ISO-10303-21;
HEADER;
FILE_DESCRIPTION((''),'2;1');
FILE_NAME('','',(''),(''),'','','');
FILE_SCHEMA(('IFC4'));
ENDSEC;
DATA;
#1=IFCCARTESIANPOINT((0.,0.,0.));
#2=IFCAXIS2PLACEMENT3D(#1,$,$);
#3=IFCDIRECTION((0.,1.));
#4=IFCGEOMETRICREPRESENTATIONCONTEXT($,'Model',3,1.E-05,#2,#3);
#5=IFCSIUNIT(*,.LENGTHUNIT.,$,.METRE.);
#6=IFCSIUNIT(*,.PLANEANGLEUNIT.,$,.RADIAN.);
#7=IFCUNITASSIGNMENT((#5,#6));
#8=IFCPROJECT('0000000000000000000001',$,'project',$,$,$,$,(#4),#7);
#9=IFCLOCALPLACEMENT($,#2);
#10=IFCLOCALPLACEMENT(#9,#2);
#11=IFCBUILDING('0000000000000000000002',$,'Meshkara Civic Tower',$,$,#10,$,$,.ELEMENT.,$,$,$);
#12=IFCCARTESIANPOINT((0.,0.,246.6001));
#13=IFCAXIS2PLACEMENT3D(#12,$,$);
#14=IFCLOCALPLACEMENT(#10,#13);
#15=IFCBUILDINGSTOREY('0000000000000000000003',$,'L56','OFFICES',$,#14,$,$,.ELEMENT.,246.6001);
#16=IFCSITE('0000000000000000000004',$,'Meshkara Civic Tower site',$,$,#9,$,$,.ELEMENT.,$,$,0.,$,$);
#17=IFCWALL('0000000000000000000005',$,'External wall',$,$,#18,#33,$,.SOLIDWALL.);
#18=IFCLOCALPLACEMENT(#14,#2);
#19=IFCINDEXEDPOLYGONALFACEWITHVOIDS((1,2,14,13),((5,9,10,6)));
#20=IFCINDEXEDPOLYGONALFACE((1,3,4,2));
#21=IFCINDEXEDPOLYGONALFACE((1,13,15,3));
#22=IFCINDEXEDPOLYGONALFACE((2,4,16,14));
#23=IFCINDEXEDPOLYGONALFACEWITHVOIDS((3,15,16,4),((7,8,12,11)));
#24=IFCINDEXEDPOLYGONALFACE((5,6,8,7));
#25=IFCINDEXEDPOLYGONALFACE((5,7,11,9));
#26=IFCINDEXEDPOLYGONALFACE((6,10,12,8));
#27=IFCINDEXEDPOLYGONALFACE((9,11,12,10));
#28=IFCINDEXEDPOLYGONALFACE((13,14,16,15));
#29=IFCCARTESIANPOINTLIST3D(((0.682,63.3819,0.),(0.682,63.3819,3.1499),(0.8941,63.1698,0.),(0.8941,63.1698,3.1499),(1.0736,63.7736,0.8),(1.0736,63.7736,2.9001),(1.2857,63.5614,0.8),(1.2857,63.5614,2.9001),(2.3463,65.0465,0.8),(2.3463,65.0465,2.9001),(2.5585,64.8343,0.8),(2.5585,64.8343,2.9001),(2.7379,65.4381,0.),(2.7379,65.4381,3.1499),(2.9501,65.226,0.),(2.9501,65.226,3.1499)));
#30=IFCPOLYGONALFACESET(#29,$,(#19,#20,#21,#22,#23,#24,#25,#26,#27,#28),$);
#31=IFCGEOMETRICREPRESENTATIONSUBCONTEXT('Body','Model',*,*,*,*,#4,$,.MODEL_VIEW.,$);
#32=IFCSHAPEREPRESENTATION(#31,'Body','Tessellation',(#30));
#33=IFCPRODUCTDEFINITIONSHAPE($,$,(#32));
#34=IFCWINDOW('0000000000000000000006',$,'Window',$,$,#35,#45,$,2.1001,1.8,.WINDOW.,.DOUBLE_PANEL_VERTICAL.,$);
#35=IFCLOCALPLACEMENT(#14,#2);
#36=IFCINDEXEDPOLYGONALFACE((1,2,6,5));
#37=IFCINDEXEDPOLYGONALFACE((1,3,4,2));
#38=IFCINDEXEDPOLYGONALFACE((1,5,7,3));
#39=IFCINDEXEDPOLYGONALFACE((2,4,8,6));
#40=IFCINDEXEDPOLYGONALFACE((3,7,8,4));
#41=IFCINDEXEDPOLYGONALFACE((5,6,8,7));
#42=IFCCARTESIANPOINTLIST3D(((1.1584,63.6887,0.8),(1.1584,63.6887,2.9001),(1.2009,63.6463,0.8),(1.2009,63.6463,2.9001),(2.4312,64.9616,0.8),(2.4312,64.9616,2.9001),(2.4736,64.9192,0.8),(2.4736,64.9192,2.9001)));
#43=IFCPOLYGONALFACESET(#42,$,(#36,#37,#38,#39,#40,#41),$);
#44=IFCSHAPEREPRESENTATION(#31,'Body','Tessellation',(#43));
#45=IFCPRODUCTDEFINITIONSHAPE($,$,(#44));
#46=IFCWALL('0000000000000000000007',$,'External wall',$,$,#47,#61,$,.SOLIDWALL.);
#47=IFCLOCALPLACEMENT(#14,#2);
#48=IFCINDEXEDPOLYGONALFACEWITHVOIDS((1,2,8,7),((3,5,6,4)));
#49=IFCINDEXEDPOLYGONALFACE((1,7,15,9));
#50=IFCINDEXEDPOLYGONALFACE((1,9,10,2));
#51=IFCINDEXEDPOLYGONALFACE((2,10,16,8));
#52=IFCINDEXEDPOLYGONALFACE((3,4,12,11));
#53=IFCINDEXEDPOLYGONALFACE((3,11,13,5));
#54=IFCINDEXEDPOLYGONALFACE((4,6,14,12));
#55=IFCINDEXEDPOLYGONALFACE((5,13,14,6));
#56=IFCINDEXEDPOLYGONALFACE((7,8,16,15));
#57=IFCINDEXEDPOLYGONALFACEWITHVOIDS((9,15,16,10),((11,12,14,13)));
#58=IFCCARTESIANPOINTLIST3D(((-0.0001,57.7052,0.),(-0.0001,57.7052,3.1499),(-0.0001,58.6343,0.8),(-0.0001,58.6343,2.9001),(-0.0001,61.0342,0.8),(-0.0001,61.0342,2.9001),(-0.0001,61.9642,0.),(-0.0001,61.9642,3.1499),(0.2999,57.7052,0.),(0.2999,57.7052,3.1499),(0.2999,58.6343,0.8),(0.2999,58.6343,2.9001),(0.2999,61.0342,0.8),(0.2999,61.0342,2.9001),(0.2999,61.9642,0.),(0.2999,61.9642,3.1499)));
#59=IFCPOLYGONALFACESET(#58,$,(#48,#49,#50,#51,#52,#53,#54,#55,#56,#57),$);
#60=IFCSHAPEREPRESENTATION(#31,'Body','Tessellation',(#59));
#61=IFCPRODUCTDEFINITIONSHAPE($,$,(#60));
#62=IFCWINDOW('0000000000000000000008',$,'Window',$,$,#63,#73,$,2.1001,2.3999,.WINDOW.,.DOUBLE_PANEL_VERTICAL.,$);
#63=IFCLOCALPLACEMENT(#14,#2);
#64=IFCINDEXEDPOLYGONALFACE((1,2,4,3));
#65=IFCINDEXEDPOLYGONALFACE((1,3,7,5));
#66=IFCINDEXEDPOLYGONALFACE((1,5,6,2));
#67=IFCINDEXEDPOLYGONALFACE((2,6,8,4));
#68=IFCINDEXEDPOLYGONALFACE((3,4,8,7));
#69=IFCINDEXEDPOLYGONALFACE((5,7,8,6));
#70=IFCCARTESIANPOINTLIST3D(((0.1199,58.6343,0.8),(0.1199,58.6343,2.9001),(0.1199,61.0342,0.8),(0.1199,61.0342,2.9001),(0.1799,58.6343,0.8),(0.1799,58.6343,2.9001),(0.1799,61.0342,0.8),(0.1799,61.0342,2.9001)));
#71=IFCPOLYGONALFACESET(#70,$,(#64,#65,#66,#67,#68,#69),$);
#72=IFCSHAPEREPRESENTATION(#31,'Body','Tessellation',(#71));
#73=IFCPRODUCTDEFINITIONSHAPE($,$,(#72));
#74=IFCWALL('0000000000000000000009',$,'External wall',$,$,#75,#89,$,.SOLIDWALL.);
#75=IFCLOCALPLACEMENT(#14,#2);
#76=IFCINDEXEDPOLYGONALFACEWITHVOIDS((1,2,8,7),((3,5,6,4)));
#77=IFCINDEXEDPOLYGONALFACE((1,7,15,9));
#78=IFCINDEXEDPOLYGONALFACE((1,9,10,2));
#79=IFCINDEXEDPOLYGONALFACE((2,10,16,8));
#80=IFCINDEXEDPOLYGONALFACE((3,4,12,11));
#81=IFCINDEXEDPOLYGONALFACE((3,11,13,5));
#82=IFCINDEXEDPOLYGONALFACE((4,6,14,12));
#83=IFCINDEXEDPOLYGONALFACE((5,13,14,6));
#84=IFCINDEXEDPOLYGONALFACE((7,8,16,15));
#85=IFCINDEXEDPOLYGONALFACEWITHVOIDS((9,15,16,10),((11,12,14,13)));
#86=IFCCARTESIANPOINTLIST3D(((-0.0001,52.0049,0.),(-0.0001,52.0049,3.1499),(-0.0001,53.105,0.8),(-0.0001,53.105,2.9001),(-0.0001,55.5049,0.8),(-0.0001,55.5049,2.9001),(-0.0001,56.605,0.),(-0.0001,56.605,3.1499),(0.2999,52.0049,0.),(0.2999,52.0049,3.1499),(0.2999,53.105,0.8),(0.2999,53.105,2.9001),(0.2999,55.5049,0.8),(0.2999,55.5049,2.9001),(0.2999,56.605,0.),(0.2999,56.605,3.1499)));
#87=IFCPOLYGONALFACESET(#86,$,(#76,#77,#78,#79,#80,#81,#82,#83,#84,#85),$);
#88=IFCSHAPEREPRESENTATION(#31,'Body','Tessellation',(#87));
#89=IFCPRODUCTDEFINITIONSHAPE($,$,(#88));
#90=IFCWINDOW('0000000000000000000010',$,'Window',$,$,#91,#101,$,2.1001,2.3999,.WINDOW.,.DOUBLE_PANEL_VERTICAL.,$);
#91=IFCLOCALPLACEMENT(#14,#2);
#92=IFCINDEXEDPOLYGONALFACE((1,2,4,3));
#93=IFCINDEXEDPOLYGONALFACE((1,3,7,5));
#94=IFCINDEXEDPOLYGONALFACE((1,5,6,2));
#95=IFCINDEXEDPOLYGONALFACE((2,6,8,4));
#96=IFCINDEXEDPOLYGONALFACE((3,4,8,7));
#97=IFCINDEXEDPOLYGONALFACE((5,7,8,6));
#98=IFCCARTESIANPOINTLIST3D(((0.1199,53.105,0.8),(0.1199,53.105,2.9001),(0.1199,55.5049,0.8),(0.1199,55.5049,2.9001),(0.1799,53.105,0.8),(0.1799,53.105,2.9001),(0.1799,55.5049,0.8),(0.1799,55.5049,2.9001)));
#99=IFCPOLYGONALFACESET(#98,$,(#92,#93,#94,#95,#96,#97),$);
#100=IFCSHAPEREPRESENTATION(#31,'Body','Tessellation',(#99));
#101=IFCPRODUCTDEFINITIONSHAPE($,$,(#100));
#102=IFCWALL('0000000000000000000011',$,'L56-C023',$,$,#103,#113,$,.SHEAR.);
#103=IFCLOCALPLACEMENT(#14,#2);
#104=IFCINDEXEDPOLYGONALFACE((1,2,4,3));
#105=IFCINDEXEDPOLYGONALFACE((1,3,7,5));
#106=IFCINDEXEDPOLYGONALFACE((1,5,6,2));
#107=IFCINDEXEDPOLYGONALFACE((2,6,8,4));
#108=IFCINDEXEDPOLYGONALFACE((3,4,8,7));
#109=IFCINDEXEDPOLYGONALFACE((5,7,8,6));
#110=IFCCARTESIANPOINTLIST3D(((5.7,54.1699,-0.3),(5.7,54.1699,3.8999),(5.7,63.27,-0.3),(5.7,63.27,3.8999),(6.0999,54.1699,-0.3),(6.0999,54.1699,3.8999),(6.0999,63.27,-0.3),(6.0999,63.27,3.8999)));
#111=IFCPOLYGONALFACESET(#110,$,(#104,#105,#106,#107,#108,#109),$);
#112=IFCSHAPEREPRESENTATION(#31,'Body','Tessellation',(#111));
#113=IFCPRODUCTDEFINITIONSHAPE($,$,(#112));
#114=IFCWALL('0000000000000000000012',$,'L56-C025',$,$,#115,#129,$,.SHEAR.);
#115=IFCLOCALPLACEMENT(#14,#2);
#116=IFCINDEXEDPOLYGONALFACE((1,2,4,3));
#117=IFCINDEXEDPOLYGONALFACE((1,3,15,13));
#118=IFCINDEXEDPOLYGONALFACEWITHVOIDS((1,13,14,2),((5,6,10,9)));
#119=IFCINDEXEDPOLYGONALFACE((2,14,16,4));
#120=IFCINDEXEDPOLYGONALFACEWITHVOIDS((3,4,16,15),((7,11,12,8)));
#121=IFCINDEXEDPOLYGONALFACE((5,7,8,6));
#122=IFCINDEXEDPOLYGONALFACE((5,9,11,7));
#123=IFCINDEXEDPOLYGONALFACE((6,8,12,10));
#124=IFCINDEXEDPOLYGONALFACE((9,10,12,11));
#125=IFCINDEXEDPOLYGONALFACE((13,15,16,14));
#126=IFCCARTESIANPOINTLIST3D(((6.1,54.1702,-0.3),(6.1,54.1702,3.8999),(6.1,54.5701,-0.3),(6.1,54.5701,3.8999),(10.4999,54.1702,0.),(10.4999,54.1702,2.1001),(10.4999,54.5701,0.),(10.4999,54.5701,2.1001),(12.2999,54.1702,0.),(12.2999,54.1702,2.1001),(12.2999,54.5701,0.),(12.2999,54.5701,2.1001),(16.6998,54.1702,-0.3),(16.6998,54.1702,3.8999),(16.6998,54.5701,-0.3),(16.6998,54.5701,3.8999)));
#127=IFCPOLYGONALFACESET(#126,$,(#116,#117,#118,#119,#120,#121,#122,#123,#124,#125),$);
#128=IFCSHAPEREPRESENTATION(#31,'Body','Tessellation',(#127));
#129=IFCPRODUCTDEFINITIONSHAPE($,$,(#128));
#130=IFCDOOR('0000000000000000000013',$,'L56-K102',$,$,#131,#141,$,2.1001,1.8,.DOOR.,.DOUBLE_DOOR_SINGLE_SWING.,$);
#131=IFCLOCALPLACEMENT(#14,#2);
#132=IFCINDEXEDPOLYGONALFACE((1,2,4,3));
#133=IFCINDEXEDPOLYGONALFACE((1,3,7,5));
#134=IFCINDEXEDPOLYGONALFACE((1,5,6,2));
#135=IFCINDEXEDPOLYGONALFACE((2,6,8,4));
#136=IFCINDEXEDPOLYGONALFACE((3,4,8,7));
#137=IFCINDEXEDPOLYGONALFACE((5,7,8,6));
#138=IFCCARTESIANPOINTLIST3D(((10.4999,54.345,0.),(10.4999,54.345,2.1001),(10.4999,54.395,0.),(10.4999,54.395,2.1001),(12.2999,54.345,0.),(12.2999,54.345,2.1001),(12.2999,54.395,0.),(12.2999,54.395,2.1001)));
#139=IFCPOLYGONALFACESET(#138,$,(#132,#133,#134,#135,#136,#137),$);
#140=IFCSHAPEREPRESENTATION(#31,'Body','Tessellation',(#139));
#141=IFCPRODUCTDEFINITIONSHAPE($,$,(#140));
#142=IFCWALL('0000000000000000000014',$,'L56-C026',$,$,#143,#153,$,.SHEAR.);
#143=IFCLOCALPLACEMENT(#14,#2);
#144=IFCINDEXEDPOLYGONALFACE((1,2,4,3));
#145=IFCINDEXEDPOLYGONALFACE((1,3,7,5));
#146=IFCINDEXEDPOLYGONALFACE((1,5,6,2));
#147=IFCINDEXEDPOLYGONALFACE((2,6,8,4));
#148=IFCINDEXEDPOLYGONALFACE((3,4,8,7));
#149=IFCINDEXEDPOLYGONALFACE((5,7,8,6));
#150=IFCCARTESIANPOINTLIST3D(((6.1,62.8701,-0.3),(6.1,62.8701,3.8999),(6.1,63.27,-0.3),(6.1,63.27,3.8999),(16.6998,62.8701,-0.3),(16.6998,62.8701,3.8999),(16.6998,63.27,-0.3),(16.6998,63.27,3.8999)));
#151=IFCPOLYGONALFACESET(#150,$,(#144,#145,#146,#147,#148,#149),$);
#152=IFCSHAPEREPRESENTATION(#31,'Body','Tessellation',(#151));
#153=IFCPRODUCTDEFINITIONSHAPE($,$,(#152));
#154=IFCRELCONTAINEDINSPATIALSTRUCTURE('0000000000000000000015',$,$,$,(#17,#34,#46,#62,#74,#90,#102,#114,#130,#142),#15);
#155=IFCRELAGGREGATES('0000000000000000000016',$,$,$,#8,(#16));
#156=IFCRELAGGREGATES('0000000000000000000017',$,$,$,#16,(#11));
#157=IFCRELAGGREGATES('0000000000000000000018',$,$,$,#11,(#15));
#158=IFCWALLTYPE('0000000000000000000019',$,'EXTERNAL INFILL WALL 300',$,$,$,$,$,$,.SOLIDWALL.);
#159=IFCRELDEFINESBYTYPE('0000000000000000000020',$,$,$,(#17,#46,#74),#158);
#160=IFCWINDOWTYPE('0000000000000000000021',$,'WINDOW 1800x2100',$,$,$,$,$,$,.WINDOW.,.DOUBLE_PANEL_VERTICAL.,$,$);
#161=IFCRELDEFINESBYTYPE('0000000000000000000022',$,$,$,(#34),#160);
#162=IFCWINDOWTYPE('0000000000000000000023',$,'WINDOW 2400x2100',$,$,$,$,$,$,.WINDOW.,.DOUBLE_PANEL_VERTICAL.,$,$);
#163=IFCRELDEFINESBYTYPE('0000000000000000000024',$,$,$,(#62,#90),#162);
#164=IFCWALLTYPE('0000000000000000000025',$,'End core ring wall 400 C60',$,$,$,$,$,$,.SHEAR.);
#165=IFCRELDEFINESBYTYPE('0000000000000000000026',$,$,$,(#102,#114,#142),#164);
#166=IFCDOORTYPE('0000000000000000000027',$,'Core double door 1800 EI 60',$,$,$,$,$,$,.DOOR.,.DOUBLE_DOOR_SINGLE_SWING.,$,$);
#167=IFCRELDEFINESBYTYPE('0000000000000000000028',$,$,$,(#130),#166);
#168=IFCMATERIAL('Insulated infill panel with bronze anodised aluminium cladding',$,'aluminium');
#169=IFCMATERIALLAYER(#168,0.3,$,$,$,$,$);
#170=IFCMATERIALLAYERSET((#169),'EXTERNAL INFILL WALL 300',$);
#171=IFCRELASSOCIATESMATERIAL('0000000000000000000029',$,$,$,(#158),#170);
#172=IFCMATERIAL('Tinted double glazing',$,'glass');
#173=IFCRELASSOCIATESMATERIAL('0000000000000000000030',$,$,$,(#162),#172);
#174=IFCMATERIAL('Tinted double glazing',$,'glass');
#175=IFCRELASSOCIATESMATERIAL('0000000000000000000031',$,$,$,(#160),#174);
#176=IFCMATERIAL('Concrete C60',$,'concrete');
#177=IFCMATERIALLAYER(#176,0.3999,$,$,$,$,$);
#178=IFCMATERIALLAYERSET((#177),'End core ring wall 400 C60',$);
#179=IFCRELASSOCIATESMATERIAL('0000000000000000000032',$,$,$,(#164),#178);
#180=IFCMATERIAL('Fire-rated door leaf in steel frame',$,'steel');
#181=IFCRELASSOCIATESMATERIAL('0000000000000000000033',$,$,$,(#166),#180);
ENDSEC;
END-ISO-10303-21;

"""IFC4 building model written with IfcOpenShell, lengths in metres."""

from ifc_helpers import new_model, si_unit, direction, frame, frame_2d, origin, place, context, subcontext, project, spatial, rectangle, extrude, material, layer, layer_set, type_object, element, fill, save


model = new_model("IFC4")

# Units and contexts
model_context = context("Model", 3, precision=1e-05, world=origin(), true_north=direction((0.0, 1.0)))
body_context = subcontext(model_context, "Body", "Model", "MODEL_VIEW")
ifc_project = project(units=[si_unit("LENGTHUNIT", "METRE"), si_unit("PLANEANGLEUNIT", "RADIAN")], contexts=[model_context])

# Site, building, storey
site_placement = place(None, origin())
site = spatial("IfcSite", under=ifc_project, at=site_placement, Name="Meshkara Civic Tower site", CompositionType="ELEMENT", RefElevation=0.0)
building_placement = place(site_placement, origin())
building = spatial("IfcBuilding", under=site, at=building_placement, Name="Meshkara Civic Tower", CompositionType="ELEMENT")
storey_placement = place(building_placement, frame((0.0, 0.0, 246.6001)))
storey = spatial("IfcBuildingStorey", under=building, at=storey_placement, Name="L56", Description="OFFICES", CompositionType="ELEMENT", Elevation=246.6001)

# Walls, openings, windows
ifc_material_1 = material(Name="Insulated infill panel with bronze anodised aluminium cladding", Category="aluminium")
ifc_layer_1 = layer(ifc_material_1, 0.3)
ifc_layer_set_1 = layer_set([ifc_layer_1], Name="EXTERNAL INFILL WALL 300")
wall_type_1 = type_object("IfcWallType", Name="EXTERNAL INFILL WALL 300", PredefinedType="SOLIDWALL", material=ifc_layer_set_1)
ifc_material_2 = material(Name="Tinted double glazing", Category="glass")
window_type_1 = type_object("IfcWindowType", Name="WINDOW 2400x2100", PartitioningType="DOUBLE_PANEL_VERTICAL", PredefinedType="WINDOW", material=ifc_material_2)
wall_1_placement = place(storey_placement, frame((2.844, 65.332, 0.0), z_axis=(0.0, 0.0, 1.0), x_axis=(-0.707065, -0.707149, 0.0)))
wall_1 = element("IfcWall", 1, at=wall_1_placement, inside=storey, type_object=wall_type_1, Name="External wall", PredefinedType="SOLIDWALL", context=body_context, shape_type="SweptSolid", body=[
    extrude(rectangle(XDim=2.9077, YDim=0.3, at=frame_2d((1.4539, 0.0))), origin(), (0.0, 0.0, 1.0), 3.1499),
])
opening_1_placement = place(wall_1_placement, frame((0.554, 0.0, 0.8)))
opening_1 = element("IfcOpeningElement", 2, at=opening_1_placement, cuts=wall_1, PredefinedType="OPENING", context=body_context, shape_type="SweptSolid", body=[
    extrude(rectangle(XDim=1.8, YDim=2.1001, at=frame_2d((0.8999, 1.05))), frame((0.0, 0.1599, 0.0), z_axis=(0.0, -1.0, 0.0), x_axis=(1.0, 0.0, 0.0)), (0.0, 0.0, 1.0), 0.3201),
])
ifc_material_3 = material(Name="Tinted double glazing", Category="glass")
window_type_2 = type_object("IfcWindowType", Name="WINDOW 1800x2100", PartitioningType="DOUBLE_PANEL_VERTICAL", PredefinedType="WINDOW", material=ifc_material_3)
window_1_placement = place(opening_1_placement, origin())
window_1 = element("IfcWindow", 3, at=window_1_placement, inside=storey, type_object=window_type_2, Name="Window", OverallHeight=2.1001, OverallWidth=1.8, PartitioningType="DOUBLE_PANEL_VERTICAL", PredefinedType="WINDOW", context=body_context, shape_type="SweptSolid", body=[
    extrude(rectangle(XDim=1.8, YDim=2.1001, at=frame_2d((0.8999, 1.05))), frame((0.0, 0.03, 0.0), z_axis=(0.0, -1.0, 0.0), x_axis=(1.0, 0.0, 0.0)), (0.0, 0.0, 1.0), 0.0601),
])
fill(opening_1, window_1)
wall_2_placement = place(storey_placement, frame((0.1499, 61.9641, 0.0), z_axis=(0.0, 0.0, 1.0), x_axis=(0.0, -1.0, 0.0)))
wall_2 = element("IfcWall", 4, at=wall_2_placement, inside=storey, type_object=wall_type_1, Name="External wall", PredefinedType="SOLIDWALL", context=body_context, shape_type="SweptSolid", body=[
    extrude(rectangle(XDim=4.259, YDim=0.3, at=frame_2d((2.1294, 0.0))), origin(), (0.0, 0.0, 1.0), 3.1499),
])
opening_2_placement = place(wall_2_placement, frame((0.9299, 0.0, 0.8)))
opening_2 = element("IfcOpeningElement", 5, at=opening_2_placement, cuts=wall_2, PredefinedType="OPENING", context=body_context, shape_type="SweptSolid", body=[
    extrude(rectangle(XDim=2.3999, YDim=2.1001, at=frame_2d((1.2, 1.05))), frame((0.0, 0.1599, 0.0), z_axis=(0.0, -1.0, 0.0), x_axis=(1.0, 0.0, 0.0)), (0.0, 0.0, 1.0), 0.3201),
])
window_2_placement = place(opening_2_placement, origin())
window_2 = element("IfcWindow", 6, at=window_2_placement, inside=storey, type_object=window_type_1, Name="Window", OverallHeight=2.1001, OverallWidth=2.3999, PartitioningType="DOUBLE_PANEL_VERTICAL", PredefinedType="WINDOW", context=body_context, shape_type="SweptSolid", body=[
    extrude(rectangle(XDim=2.3999, YDim=2.1001, at=frame_2d((1.2, 1.05))), frame((0.0, 0.03, 0.0), z_axis=(0.0, -1.0, 0.0), x_axis=(1.0, 0.0, 0.0)), (0.0, 0.0, 1.0), 0.0601),
])
fill(opening_2, window_2)
wall_3_placement = place(storey_placement, frame((0.1499, 56.605, 0.0), z_axis=(0.0, 0.0, 1.0), x_axis=(0.0, -1.0, 0.0)))
wall_3 = element("IfcWall", 7, at=wall_3_placement, inside=storey, type_object=wall_type_1, Name="External wall", PredefinedType="SOLIDWALL", context=body_context, shape_type="SweptSolid", body=[
    extrude(rectangle(XDim=4.6001, YDim=0.3, at=frame_2d((2.3, 0.0))), origin(), (0.0, 0.0, 1.0), 3.1499),
])
opening_3_placement = place(wall_3_placement, frame((1.1001, 0.0, 0.8)))
opening_3 = element("IfcOpeningElement", 8, at=opening_3_placement, cuts=wall_3, PredefinedType="OPENING", context=body_context, shape_type="SweptSolid", body=[
    extrude(rectangle(XDim=2.3999, YDim=2.1001, at=frame_2d((1.2, 1.05))), frame((0.0, 0.1599, 0.0), z_axis=(0.0, -1.0, 0.0), x_axis=(1.0, 0.0, 0.0)), (0.0, 0.0, 1.0), 0.3201),
])
window_3_placement = place(opening_3_placement, origin())
window_3 = element("IfcWindow", 9, at=window_3_placement, inside=storey, type_object=window_type_1, Name="Window", OverallHeight=2.1001, OverallWidth=2.3999, PartitioningType="DOUBLE_PANEL_VERTICAL", PredefinedType="WINDOW", context=body_context, shape_type="SweptSolid", body=[
    extrude(rectangle(XDim=2.3999, YDim=2.1001, at=frame_2d((1.2, 1.05))), frame((0.0, 0.03, 0.0), z_axis=(0.0, -1.0, 0.0), x_axis=(1.0, 0.0, 0.0)), (0.0, 0.0, 1.0), 0.0601),
])
fill(opening_3, window_3)

# Wall
ifc_material_4 = material(Name="Concrete C60", Category="concrete")
ifc_layer_2 = layer(ifc_material_4, 0.3999)
ifc_layer_set_2 = layer_set([ifc_layer_2], Name="End core ring wall 400 C60")
wall_type_2 = type_object("IfcWallType", Name="End core ring wall 400 C60", PredefinedType="SHEAR", material=ifc_layer_set_2)
wall_4_placement = place(storey_placement, frame((5.8999, 54.1699, -0.3), z_axis=(0.0, 0.0, 1.0), x_axis=(0.0, 1.0, 0.0)))
element("IfcWall", 10, at=wall_4_placement, inside=storey, type_object=wall_type_2, Name="L56-C023", PredefinedType="SHEAR", context=body_context, shape_type="SweptSolid", body=[
    extrude(rectangle(XDim=9.1001, YDim=0.3999, at=frame_2d((4.55, 0.0))), origin(), (0.0, 0.0, 1.0), 4.2),
])

# Wall, opening, door
wall_5_placement = place(storey_placement, frame((6.1001, 54.3701, -0.3), z_axis=(0.0, 0.0, 1.0), x_axis=(1.0, 0.0, 0.0)))
wall_5 = element("IfcWall", 11, at=wall_5_placement, inside=storey, type_object=wall_type_2, Name="L56-C025", PredefinedType="SHEAR", context=body_context, shape_type="SweptSolid", body=[
    extrude(rectangle(XDim=10.5999, YDim=0.3999, at=frame_2d((5.2998, 0.0))), origin(), (0.0, 0.0, 1.0), 4.2),
])
opening_4_placement = place(wall_5_placement, frame((4.3999, 0.0, 0.3)))
opening_4 = element("IfcOpeningElement", 12, at=opening_4_placement, cuts=wall_5, PredefinedType="OPENING", context=body_context, shape_type="SweptSolid", body=[
    extrude(rectangle(XDim=1.8, YDim=2.1001, at=frame_2d((0.8999, 1.05))), frame((0.0, 0.21, 0.0), z_axis=(0.0, -1.0, 0.0), x_axis=(1.0, 0.0, 0.0)), (0.0, 0.0, 1.0), 0.4199),
])
ifc_material_5 = material(Name="Fire-rated door leaf in steel frame", Category="steel")
door_type_1 = type_object("IfcDoorType", Name="Core double door 1800 EI 60", OperationType="DOUBLE_DOOR_SINGLE_SWING", PredefinedType="DOOR", material=ifc_material_5)
door_1_placement = place(opening_4_placement, origin())
door_1 = element("IfcDoor", 13, at=door_1_placement, inside=storey, type_object=door_type_1, Name="L56-K102", OperationType="DOUBLE_DOOR_SINGLE_SWING", OverallHeight=2.1001, OverallWidth=1.8, PredefinedType="DOOR", context=body_context, shape_type="SweptSolid", body=[
    extrude(rectangle(XDim=1.8, YDim=2.1001, at=frame_2d((0.8999, 1.05))), frame((0.0, 0.0249, 0.0), z_axis=(0.0, -1.0, 0.0), x_axis=(1.0, 0.0, 0.0)), (0.0, 0.0, 1.0), 0.05),
])
fill(opening_4, door_1)

# Wall
wall_6_placement = place(storey_placement, frame((6.1001, 63.0701, -0.3), z_axis=(0.0, 0.0, 1.0), x_axis=(1.0, 0.0, 0.0)))
element("IfcWall", 14, at=wall_6_placement, inside=storey, type_object=wall_type_2, Name="L56-C026", PredefinedType="SHEAR", context=body_context, shape_type="SweptSolid", body=[
    extrude(rectangle(XDim=10.5999, YDim=0.3999, at=frame_2d((5.2998, 0.0))), origin(), (0.0, 0.0, 1.0), 4.2),
])

save(model, "model.ifc")
